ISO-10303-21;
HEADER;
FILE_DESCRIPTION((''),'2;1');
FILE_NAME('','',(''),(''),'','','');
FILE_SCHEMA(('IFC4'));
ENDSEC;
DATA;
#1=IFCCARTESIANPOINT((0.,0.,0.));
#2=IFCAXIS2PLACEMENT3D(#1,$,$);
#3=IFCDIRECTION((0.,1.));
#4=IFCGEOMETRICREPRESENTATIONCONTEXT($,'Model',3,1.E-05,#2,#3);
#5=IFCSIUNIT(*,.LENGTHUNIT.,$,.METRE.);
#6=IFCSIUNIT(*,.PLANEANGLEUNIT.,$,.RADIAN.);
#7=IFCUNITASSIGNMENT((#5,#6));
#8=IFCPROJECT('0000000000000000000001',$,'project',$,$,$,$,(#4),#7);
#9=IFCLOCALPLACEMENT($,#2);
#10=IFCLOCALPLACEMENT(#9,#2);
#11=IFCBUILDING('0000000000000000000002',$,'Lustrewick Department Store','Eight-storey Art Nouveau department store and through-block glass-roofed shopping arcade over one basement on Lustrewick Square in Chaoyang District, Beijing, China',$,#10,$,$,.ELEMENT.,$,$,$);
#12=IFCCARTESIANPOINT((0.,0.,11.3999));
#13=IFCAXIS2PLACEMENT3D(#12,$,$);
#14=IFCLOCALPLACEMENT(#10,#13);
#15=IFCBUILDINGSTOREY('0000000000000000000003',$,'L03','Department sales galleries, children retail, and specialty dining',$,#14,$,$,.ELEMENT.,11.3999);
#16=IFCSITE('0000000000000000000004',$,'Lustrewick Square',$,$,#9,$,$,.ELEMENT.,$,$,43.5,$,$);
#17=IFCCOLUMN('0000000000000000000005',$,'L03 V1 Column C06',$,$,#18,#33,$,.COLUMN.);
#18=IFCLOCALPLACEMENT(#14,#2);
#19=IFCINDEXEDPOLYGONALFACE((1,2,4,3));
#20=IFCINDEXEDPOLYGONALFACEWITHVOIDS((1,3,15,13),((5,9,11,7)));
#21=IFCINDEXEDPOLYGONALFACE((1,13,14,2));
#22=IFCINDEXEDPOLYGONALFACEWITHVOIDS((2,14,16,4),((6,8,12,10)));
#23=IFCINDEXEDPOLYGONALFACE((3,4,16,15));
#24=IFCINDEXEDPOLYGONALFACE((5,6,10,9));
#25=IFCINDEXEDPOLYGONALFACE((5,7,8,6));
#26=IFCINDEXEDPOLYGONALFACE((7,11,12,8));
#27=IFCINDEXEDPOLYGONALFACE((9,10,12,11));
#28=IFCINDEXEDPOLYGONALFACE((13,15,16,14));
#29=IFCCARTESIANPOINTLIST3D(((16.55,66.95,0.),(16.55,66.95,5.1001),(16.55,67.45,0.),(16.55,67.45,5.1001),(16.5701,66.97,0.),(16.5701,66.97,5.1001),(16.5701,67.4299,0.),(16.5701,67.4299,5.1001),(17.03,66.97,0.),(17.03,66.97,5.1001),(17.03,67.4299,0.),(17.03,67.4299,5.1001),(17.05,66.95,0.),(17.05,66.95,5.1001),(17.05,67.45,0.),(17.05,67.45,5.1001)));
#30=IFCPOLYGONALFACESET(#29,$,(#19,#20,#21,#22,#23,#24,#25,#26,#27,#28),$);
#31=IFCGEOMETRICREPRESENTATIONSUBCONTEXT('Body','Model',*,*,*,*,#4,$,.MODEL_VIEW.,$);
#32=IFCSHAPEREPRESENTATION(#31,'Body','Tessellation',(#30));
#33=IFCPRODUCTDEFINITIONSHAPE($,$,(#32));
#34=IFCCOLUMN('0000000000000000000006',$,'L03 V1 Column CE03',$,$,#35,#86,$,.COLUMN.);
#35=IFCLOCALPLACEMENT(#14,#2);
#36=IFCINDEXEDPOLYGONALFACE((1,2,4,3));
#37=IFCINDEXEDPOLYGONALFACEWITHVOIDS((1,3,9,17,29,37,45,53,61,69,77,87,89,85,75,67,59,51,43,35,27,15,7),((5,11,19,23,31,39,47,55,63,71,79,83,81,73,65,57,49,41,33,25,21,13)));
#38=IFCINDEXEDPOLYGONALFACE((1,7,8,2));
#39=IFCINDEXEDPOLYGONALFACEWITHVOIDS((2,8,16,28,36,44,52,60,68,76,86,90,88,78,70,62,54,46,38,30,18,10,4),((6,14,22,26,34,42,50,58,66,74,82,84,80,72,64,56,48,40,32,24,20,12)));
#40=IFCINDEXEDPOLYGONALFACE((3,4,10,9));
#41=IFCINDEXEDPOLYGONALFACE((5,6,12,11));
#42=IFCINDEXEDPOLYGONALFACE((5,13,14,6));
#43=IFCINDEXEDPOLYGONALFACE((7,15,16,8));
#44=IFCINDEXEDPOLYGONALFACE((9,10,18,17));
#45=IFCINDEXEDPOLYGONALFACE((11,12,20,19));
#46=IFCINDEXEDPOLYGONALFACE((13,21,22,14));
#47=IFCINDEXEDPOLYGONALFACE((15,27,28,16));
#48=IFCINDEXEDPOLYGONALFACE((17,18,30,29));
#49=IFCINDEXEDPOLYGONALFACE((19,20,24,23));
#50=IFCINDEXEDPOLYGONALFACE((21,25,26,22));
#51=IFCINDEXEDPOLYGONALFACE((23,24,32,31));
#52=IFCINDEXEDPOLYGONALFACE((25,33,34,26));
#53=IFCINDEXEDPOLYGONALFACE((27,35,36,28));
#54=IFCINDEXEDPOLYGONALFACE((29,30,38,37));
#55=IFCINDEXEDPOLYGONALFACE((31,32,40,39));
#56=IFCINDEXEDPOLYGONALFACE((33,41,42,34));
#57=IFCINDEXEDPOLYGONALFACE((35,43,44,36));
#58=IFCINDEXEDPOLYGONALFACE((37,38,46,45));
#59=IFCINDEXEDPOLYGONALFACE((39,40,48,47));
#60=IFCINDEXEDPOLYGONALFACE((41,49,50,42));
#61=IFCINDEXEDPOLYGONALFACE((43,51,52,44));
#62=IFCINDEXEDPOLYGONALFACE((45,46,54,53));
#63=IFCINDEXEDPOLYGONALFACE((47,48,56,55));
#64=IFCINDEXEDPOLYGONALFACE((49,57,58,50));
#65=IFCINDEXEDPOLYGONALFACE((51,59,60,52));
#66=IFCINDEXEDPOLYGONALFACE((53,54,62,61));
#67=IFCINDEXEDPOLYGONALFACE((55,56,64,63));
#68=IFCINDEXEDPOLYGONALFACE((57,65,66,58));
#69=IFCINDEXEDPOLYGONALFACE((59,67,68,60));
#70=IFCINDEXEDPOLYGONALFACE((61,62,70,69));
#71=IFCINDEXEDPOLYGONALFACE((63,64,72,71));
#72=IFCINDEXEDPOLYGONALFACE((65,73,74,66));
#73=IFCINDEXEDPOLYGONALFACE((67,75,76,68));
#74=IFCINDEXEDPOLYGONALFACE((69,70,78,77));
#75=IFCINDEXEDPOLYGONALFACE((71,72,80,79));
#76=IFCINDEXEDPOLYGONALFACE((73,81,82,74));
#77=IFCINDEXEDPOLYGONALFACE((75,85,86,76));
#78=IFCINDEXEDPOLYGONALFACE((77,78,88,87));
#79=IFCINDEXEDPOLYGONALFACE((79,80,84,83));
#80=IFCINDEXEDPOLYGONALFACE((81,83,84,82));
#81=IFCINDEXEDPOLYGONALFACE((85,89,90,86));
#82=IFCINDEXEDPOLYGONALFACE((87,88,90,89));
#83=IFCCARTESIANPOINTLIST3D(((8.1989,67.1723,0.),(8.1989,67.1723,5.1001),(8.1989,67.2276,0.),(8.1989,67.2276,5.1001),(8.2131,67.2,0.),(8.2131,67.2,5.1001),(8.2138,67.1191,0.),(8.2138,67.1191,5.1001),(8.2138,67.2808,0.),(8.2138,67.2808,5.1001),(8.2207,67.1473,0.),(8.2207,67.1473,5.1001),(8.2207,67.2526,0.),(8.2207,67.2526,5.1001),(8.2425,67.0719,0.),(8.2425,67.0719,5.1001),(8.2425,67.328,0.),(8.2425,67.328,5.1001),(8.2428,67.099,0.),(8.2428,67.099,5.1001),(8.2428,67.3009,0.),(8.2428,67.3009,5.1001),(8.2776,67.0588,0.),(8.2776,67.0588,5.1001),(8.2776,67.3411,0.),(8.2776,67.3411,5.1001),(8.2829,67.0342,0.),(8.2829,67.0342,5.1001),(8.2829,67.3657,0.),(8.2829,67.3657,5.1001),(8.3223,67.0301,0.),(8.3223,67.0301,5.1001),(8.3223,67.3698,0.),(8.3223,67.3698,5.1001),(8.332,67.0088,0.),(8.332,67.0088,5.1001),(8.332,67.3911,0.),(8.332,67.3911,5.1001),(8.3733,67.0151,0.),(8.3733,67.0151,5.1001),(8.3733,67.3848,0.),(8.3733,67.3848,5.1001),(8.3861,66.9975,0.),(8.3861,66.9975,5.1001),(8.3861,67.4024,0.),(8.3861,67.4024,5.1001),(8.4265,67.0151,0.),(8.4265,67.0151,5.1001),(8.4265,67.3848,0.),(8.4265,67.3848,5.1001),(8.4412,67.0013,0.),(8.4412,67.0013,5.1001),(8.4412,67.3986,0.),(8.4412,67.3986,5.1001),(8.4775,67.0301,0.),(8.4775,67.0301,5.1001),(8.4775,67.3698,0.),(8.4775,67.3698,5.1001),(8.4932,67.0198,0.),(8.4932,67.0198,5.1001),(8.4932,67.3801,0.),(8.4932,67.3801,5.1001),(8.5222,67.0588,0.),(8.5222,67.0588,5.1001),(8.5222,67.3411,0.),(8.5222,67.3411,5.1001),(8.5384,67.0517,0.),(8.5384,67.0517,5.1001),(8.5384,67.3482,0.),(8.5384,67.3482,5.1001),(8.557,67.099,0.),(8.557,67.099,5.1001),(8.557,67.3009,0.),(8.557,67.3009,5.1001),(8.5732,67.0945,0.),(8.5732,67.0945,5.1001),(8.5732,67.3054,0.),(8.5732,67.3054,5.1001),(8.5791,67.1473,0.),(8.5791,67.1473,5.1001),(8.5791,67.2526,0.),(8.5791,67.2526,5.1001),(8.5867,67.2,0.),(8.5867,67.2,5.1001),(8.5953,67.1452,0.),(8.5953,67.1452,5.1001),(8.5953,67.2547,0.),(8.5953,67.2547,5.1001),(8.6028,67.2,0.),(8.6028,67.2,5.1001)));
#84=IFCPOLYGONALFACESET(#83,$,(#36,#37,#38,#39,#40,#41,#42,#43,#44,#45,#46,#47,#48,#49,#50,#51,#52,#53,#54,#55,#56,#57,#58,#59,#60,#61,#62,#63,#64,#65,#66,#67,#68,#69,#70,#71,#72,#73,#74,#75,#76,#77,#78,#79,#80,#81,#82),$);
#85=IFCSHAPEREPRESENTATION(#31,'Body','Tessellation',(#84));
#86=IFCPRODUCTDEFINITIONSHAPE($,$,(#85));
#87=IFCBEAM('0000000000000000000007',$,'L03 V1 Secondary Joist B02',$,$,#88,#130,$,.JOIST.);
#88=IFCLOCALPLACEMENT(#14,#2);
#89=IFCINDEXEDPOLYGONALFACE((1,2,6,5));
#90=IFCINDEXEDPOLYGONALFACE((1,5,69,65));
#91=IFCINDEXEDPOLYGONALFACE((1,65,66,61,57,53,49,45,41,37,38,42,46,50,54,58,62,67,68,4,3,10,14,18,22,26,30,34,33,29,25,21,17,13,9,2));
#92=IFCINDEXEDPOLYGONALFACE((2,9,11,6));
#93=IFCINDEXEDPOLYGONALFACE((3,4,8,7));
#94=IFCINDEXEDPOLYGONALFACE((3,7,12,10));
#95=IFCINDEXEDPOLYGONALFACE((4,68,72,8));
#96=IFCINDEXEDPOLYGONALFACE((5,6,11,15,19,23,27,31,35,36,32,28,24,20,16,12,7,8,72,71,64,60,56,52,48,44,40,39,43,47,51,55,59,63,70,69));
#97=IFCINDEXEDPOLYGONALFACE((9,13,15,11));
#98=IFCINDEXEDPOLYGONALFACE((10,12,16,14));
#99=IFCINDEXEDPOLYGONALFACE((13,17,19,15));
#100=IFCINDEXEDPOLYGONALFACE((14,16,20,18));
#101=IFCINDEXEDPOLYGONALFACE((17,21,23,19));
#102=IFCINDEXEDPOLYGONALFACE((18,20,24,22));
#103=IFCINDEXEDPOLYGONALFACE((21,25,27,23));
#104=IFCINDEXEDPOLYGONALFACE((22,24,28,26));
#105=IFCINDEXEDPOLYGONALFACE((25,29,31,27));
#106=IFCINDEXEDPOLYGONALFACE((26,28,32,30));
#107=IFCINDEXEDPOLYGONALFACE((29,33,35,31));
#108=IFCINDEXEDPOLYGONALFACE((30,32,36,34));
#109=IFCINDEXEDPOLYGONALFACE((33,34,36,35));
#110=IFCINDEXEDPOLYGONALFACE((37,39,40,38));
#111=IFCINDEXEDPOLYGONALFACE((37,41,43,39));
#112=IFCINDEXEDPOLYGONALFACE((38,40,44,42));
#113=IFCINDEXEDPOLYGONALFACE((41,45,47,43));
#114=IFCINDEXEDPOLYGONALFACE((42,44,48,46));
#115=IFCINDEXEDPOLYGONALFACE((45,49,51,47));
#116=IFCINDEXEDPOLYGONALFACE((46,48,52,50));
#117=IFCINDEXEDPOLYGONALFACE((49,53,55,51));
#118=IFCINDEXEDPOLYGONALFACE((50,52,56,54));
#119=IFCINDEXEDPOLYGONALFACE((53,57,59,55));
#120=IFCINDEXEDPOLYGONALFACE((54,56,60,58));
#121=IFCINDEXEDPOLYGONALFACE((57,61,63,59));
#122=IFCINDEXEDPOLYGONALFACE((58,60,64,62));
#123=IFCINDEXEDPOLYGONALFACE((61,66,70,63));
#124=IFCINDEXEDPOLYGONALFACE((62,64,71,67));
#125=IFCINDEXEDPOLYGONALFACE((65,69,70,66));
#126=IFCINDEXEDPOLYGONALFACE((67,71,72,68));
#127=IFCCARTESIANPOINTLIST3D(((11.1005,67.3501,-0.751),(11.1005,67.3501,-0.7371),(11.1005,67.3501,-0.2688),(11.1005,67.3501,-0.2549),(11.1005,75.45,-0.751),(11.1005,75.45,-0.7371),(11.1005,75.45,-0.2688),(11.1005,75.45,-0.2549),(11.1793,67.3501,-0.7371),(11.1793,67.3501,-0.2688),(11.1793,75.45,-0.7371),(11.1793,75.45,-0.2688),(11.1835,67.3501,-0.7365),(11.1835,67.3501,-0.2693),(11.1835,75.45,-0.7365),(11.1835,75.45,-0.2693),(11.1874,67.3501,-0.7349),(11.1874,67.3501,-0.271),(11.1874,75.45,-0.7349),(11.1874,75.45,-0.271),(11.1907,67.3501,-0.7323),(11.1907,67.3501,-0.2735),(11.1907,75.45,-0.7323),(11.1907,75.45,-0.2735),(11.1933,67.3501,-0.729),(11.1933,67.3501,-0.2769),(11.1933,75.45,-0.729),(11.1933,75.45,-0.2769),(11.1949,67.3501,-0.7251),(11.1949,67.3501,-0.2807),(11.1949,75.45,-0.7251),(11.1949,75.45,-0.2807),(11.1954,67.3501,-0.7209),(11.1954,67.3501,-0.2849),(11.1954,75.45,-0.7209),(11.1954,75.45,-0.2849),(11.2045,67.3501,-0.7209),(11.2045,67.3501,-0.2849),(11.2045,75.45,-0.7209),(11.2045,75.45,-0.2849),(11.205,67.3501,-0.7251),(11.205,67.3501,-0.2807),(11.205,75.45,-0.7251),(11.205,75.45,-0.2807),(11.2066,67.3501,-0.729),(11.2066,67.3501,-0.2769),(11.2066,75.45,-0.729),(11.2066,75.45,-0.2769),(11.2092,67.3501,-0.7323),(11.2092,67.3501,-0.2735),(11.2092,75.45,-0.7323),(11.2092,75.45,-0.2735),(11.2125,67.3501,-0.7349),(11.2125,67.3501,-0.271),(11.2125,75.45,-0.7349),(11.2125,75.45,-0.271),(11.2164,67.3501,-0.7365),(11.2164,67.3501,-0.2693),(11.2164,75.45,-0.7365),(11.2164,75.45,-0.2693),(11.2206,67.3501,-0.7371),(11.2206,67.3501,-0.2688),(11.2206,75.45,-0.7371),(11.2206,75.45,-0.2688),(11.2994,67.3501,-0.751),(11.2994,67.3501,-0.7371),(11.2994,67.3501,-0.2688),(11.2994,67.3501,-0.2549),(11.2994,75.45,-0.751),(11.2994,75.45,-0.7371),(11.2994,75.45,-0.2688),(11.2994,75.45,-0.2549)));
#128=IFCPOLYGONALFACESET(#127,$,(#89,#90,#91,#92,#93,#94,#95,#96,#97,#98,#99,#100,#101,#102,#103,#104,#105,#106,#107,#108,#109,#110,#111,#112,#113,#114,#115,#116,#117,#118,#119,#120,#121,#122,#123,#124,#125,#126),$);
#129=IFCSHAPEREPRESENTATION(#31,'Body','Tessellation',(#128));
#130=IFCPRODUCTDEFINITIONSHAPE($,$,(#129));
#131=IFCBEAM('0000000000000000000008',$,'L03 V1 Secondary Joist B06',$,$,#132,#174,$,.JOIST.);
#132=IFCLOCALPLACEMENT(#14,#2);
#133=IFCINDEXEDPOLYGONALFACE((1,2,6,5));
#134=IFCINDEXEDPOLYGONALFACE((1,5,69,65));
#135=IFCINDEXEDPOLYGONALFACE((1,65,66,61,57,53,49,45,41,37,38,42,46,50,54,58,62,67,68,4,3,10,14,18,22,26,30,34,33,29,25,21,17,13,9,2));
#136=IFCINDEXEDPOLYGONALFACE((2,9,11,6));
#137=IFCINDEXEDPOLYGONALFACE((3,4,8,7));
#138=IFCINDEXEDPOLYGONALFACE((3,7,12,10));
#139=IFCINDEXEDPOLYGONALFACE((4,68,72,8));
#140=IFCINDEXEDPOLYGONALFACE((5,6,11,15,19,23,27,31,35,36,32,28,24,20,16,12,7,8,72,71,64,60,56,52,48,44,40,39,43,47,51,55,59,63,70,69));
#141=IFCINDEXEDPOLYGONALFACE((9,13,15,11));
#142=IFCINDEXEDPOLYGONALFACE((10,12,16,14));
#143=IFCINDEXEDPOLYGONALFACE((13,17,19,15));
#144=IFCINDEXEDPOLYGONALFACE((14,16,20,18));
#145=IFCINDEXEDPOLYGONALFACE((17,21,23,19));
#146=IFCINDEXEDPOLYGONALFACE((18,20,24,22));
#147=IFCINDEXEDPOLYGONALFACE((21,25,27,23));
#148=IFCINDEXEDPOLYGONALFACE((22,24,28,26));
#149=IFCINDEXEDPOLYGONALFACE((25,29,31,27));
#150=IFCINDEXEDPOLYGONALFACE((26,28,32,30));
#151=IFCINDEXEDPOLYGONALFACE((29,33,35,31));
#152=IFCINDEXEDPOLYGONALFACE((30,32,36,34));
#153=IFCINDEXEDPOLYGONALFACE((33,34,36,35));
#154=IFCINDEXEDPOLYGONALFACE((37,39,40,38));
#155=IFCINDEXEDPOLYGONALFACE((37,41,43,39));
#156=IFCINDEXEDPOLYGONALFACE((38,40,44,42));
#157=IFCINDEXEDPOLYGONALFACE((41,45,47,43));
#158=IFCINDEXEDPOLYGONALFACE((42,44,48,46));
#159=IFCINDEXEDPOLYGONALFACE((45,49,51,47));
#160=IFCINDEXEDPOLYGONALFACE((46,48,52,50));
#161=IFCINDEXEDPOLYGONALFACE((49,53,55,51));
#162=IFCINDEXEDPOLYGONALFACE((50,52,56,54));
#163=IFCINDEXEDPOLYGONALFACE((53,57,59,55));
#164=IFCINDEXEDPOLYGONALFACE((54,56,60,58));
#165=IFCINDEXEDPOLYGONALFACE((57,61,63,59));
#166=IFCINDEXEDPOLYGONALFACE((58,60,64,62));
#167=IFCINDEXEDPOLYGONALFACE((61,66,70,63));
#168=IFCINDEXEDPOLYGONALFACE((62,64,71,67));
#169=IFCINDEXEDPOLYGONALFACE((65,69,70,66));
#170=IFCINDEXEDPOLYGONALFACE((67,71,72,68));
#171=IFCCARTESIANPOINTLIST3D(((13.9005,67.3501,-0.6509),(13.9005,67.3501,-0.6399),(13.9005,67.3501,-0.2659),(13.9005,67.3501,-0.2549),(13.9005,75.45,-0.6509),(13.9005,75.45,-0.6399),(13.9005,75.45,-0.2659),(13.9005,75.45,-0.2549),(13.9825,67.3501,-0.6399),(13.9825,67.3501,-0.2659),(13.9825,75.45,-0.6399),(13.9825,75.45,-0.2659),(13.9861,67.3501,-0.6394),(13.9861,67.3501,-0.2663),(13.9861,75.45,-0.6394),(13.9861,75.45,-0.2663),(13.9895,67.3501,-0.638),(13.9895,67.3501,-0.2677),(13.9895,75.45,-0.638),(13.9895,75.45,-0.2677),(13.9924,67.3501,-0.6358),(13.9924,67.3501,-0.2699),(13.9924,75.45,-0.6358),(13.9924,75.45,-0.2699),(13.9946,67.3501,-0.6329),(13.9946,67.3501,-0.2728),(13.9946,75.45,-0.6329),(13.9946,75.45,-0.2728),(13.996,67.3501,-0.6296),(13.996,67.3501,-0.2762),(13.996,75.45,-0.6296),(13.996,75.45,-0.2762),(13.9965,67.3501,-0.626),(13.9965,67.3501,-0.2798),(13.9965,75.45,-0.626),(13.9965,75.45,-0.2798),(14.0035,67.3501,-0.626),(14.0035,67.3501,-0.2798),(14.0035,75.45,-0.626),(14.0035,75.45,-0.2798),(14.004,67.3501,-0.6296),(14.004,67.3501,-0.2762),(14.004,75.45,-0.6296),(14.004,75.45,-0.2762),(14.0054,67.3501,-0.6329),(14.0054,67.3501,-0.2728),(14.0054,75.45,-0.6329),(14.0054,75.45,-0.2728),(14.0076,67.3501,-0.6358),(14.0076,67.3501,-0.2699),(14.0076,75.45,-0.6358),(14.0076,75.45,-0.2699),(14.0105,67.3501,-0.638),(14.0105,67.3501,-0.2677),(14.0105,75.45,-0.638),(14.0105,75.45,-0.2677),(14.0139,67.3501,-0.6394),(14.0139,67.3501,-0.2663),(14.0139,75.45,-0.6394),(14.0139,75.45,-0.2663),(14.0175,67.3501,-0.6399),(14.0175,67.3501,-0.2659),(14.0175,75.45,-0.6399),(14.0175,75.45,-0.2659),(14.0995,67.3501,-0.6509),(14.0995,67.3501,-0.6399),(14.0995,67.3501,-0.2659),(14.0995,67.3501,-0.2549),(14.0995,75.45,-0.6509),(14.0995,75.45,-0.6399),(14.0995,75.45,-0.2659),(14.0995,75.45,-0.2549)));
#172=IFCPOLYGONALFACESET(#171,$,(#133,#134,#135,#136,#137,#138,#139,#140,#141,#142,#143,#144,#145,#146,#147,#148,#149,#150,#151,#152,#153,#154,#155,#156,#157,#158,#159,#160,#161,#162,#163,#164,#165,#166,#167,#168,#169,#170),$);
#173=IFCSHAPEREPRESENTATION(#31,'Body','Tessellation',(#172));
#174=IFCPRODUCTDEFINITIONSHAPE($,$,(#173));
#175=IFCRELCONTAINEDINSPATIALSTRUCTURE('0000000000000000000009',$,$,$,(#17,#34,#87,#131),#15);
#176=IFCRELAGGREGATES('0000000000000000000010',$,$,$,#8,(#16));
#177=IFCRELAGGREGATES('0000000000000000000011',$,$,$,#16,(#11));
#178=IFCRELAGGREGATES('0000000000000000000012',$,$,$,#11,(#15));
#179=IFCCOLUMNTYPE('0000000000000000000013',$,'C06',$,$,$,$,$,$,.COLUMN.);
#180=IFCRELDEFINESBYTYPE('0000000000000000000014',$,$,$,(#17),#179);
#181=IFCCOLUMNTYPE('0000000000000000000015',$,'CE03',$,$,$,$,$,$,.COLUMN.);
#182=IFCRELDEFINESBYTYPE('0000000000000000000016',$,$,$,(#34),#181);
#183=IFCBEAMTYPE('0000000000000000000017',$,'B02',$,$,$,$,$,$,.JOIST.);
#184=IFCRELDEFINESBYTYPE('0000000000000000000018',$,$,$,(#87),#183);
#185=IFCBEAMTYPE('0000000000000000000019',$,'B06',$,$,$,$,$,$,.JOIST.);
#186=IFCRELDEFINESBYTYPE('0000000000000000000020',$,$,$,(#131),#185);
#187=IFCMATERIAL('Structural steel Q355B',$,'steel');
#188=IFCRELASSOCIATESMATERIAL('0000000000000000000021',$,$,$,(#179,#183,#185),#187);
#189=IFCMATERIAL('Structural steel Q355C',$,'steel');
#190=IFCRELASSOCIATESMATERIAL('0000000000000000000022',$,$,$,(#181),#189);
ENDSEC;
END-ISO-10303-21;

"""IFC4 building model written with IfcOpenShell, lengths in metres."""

from ifc_helpers import new_model, si_unit, direction, frame, origin, origin_2d, place, context, subcontext, project, spatial, hollow_rectangle, hollow_circle, i_section, extrude, material, material_profile, profile_set, type_object, element, save


model = new_model("IFC4")

# Units and contexts
model_context = context("Model", 3, precision=1e-05, world=origin(), true_north=direction((0.0, 1.0)))
body_context = subcontext(model_context, "Body", "Model", "MODEL_VIEW")
ifc_project = project(units=[si_unit("LENGTHUNIT", "METRE"), si_unit("PLANEANGLEUNIT", "RADIAN")], contexts=[model_context])

# Site, building, storey
site_placement = place(None, origin())
site = spatial("IfcSite", under=ifc_project, at=site_placement, Name="Lustrewick Square", CompositionType="ELEMENT", RefElevation=43.5)
building_placement = place(site_placement, origin())
building = spatial("IfcBuilding", under=site, at=building_placement, Name="Lustrewick Department Store", Description="Eight-storey Art Nouveau department store and through-block glass-roofed shopping arcade over one basement on Lustrewick Square in Chaoyang District, Beijing, China", CompositionType="ELEMENT")
storey_placement = place(building_placement, frame((0.0, 0.0, 11.3999)))
storey = spatial("IfcBuildingStorey", under=building, at=storey_placement, Name="L03", Description="Department sales galleries, children retail, and specialty dining", CompositionType="ELEMENT", Elevation=11.3999)

# Columns
ifc_material_1 = material(Name="Structural steel Q355B", Category="steel")
ifc_material_profile_1 = material_profile(ifc_material_1, hollow_rectangle(XDim=0.5, YDim=0.5, WallThickness=0.02, at=origin_2d()), Name="BOX 500x500x20")
ifc_profile_set_1 = profile_set([ifc_material_profile_1], Name="Structural steel Q355B")
column_type_1 = type_object("IfcColumnType", Name="C06", PredefinedType="COLUMN", material=ifc_profile_set_1)
column_1_placement = place(storey_placement, frame((16.8, 67.2, 0.0), z_axis=(0.0, 0.0, 1.0), x_axis=(1.0, 0.0, 0.0)))
element("IfcColumn", 1, at=column_1_placement, inside=storey, type_object=column_type_1, Name="L03 V1 Column C06", PredefinedType="COLUMN", context=body_context, shape_type="SweptSolid", body=[
    extrude(hollow_rectangle(XDim=0.5, YDim=0.5, WallThickness=0.02, at=origin_2d()), origin(), (0.0, 0.0, 1.0), 5.1001),
])
ifc_material_2 = material(Name="Structural steel Q355C", Category="steel")
ifc_material_profile_2 = material_profile(ifc_material_2, hollow_circle(Radius=0.2029, WallThickness=0.0161, at=origin_2d()), Name="CHS 406x16")
ifc_profile_set_2 = profile_set([ifc_material_profile_2], Name="Structural steel Q355C")
column_type_2 = type_object("IfcColumnType", Name="CE03", PredefinedType="COLUMN", material=ifc_profile_set_2)
column_2_placement = place(storey_placement, frame((8.3999, 67.2, 0.0), z_axis=(0.0, 0.0, 1.0), x_axis=(1.0, 0.0, 0.0)))
element("IfcColumn", 2, at=column_2_placement, inside=storey, type_object=column_type_2, Name="L03 V1 Column CE03", PredefinedType="COLUMN", context=body_context, shape_type="SweptSolid", body=[
    extrude(hollow_circle(Radius=0.2029, WallThickness=0.0161, at=origin_2d()), origin(), (0.0, 0.0, 1.0), 5.1001),
])

# Beams
ifc_material_profile_3 = material_profile(ifc_material_1, i_section(OverallWidth=0.199, OverallDepth=0.4961, WebThickness=0.009, FlangeThickness=0.0139, FilletRadius=0.0161, at=origin_2d()), Name="HN 496x199x9x14")
ifc_profile_set_3 = profile_set([ifc_material_profile_3], Name="Structural steel Q355B")
beam_type_1 = type_object("IfcBeamType", Name="B02", PredefinedType="JOIST", material=ifc_profile_set_3)
beam_1_placement = place(storey_placement, frame((11.2, 67.3501, -0.5029), z_axis=(0.0, 1.0, 0.0), x_axis=(-1.0, 0.0, 0.0)))
element("IfcBeam", 3, at=beam_1_placement, inside=storey, type_object=beam_type_1, Name="L03 V1 Secondary Joist B02", PredefinedType="JOIST", context=body_context, shape_type="SweptSolid", body=[
    extrude(i_section(OverallWidth=0.199, OverallDepth=0.4961, WebThickness=0.009, FlangeThickness=0.0139, FilletRadius=0.0161, at=origin_2d()), origin(), (0.0, 0.0, 1.0), 8.0999),
])
ifc_material_profile_4 = material_profile(ifc_material_1, i_section(OverallWidth=0.199, OverallDepth=0.396, WebThickness=0.0071, FlangeThickness=0.011, FilletRadius=0.0139, at=origin_2d()), Name="HN 396x199x7x11")
ifc_profile_set_4 = profile_set([ifc_material_profile_4], Name="Structural steel Q355B")
beam_type_2 = type_object("IfcBeamType", Name="B06", PredefinedType="JOIST", material=ifc_profile_set_4)
beam_2_placement = place(storey_placement, frame((14.0, 67.3501, -0.4529), z_axis=(0.0, 1.0, 0.0), x_axis=(-1.0, 0.0, 0.0)))
element("IfcBeam", 4, at=beam_2_placement, inside=storey, type_object=beam_type_2, Name="L03 V1 Secondary Joist B06", PredefinedType="JOIST", context=body_context, shape_type="SweptSolid", body=[
    extrude(i_section(OverallWidth=0.199, OverallDepth=0.396, WebThickness=0.0071, FlangeThickness=0.011, FilletRadius=0.0139, at=origin_2d()), origin(), (0.0, 0.0, 1.0), 8.0999),
])

save(model, "model.ifc")
